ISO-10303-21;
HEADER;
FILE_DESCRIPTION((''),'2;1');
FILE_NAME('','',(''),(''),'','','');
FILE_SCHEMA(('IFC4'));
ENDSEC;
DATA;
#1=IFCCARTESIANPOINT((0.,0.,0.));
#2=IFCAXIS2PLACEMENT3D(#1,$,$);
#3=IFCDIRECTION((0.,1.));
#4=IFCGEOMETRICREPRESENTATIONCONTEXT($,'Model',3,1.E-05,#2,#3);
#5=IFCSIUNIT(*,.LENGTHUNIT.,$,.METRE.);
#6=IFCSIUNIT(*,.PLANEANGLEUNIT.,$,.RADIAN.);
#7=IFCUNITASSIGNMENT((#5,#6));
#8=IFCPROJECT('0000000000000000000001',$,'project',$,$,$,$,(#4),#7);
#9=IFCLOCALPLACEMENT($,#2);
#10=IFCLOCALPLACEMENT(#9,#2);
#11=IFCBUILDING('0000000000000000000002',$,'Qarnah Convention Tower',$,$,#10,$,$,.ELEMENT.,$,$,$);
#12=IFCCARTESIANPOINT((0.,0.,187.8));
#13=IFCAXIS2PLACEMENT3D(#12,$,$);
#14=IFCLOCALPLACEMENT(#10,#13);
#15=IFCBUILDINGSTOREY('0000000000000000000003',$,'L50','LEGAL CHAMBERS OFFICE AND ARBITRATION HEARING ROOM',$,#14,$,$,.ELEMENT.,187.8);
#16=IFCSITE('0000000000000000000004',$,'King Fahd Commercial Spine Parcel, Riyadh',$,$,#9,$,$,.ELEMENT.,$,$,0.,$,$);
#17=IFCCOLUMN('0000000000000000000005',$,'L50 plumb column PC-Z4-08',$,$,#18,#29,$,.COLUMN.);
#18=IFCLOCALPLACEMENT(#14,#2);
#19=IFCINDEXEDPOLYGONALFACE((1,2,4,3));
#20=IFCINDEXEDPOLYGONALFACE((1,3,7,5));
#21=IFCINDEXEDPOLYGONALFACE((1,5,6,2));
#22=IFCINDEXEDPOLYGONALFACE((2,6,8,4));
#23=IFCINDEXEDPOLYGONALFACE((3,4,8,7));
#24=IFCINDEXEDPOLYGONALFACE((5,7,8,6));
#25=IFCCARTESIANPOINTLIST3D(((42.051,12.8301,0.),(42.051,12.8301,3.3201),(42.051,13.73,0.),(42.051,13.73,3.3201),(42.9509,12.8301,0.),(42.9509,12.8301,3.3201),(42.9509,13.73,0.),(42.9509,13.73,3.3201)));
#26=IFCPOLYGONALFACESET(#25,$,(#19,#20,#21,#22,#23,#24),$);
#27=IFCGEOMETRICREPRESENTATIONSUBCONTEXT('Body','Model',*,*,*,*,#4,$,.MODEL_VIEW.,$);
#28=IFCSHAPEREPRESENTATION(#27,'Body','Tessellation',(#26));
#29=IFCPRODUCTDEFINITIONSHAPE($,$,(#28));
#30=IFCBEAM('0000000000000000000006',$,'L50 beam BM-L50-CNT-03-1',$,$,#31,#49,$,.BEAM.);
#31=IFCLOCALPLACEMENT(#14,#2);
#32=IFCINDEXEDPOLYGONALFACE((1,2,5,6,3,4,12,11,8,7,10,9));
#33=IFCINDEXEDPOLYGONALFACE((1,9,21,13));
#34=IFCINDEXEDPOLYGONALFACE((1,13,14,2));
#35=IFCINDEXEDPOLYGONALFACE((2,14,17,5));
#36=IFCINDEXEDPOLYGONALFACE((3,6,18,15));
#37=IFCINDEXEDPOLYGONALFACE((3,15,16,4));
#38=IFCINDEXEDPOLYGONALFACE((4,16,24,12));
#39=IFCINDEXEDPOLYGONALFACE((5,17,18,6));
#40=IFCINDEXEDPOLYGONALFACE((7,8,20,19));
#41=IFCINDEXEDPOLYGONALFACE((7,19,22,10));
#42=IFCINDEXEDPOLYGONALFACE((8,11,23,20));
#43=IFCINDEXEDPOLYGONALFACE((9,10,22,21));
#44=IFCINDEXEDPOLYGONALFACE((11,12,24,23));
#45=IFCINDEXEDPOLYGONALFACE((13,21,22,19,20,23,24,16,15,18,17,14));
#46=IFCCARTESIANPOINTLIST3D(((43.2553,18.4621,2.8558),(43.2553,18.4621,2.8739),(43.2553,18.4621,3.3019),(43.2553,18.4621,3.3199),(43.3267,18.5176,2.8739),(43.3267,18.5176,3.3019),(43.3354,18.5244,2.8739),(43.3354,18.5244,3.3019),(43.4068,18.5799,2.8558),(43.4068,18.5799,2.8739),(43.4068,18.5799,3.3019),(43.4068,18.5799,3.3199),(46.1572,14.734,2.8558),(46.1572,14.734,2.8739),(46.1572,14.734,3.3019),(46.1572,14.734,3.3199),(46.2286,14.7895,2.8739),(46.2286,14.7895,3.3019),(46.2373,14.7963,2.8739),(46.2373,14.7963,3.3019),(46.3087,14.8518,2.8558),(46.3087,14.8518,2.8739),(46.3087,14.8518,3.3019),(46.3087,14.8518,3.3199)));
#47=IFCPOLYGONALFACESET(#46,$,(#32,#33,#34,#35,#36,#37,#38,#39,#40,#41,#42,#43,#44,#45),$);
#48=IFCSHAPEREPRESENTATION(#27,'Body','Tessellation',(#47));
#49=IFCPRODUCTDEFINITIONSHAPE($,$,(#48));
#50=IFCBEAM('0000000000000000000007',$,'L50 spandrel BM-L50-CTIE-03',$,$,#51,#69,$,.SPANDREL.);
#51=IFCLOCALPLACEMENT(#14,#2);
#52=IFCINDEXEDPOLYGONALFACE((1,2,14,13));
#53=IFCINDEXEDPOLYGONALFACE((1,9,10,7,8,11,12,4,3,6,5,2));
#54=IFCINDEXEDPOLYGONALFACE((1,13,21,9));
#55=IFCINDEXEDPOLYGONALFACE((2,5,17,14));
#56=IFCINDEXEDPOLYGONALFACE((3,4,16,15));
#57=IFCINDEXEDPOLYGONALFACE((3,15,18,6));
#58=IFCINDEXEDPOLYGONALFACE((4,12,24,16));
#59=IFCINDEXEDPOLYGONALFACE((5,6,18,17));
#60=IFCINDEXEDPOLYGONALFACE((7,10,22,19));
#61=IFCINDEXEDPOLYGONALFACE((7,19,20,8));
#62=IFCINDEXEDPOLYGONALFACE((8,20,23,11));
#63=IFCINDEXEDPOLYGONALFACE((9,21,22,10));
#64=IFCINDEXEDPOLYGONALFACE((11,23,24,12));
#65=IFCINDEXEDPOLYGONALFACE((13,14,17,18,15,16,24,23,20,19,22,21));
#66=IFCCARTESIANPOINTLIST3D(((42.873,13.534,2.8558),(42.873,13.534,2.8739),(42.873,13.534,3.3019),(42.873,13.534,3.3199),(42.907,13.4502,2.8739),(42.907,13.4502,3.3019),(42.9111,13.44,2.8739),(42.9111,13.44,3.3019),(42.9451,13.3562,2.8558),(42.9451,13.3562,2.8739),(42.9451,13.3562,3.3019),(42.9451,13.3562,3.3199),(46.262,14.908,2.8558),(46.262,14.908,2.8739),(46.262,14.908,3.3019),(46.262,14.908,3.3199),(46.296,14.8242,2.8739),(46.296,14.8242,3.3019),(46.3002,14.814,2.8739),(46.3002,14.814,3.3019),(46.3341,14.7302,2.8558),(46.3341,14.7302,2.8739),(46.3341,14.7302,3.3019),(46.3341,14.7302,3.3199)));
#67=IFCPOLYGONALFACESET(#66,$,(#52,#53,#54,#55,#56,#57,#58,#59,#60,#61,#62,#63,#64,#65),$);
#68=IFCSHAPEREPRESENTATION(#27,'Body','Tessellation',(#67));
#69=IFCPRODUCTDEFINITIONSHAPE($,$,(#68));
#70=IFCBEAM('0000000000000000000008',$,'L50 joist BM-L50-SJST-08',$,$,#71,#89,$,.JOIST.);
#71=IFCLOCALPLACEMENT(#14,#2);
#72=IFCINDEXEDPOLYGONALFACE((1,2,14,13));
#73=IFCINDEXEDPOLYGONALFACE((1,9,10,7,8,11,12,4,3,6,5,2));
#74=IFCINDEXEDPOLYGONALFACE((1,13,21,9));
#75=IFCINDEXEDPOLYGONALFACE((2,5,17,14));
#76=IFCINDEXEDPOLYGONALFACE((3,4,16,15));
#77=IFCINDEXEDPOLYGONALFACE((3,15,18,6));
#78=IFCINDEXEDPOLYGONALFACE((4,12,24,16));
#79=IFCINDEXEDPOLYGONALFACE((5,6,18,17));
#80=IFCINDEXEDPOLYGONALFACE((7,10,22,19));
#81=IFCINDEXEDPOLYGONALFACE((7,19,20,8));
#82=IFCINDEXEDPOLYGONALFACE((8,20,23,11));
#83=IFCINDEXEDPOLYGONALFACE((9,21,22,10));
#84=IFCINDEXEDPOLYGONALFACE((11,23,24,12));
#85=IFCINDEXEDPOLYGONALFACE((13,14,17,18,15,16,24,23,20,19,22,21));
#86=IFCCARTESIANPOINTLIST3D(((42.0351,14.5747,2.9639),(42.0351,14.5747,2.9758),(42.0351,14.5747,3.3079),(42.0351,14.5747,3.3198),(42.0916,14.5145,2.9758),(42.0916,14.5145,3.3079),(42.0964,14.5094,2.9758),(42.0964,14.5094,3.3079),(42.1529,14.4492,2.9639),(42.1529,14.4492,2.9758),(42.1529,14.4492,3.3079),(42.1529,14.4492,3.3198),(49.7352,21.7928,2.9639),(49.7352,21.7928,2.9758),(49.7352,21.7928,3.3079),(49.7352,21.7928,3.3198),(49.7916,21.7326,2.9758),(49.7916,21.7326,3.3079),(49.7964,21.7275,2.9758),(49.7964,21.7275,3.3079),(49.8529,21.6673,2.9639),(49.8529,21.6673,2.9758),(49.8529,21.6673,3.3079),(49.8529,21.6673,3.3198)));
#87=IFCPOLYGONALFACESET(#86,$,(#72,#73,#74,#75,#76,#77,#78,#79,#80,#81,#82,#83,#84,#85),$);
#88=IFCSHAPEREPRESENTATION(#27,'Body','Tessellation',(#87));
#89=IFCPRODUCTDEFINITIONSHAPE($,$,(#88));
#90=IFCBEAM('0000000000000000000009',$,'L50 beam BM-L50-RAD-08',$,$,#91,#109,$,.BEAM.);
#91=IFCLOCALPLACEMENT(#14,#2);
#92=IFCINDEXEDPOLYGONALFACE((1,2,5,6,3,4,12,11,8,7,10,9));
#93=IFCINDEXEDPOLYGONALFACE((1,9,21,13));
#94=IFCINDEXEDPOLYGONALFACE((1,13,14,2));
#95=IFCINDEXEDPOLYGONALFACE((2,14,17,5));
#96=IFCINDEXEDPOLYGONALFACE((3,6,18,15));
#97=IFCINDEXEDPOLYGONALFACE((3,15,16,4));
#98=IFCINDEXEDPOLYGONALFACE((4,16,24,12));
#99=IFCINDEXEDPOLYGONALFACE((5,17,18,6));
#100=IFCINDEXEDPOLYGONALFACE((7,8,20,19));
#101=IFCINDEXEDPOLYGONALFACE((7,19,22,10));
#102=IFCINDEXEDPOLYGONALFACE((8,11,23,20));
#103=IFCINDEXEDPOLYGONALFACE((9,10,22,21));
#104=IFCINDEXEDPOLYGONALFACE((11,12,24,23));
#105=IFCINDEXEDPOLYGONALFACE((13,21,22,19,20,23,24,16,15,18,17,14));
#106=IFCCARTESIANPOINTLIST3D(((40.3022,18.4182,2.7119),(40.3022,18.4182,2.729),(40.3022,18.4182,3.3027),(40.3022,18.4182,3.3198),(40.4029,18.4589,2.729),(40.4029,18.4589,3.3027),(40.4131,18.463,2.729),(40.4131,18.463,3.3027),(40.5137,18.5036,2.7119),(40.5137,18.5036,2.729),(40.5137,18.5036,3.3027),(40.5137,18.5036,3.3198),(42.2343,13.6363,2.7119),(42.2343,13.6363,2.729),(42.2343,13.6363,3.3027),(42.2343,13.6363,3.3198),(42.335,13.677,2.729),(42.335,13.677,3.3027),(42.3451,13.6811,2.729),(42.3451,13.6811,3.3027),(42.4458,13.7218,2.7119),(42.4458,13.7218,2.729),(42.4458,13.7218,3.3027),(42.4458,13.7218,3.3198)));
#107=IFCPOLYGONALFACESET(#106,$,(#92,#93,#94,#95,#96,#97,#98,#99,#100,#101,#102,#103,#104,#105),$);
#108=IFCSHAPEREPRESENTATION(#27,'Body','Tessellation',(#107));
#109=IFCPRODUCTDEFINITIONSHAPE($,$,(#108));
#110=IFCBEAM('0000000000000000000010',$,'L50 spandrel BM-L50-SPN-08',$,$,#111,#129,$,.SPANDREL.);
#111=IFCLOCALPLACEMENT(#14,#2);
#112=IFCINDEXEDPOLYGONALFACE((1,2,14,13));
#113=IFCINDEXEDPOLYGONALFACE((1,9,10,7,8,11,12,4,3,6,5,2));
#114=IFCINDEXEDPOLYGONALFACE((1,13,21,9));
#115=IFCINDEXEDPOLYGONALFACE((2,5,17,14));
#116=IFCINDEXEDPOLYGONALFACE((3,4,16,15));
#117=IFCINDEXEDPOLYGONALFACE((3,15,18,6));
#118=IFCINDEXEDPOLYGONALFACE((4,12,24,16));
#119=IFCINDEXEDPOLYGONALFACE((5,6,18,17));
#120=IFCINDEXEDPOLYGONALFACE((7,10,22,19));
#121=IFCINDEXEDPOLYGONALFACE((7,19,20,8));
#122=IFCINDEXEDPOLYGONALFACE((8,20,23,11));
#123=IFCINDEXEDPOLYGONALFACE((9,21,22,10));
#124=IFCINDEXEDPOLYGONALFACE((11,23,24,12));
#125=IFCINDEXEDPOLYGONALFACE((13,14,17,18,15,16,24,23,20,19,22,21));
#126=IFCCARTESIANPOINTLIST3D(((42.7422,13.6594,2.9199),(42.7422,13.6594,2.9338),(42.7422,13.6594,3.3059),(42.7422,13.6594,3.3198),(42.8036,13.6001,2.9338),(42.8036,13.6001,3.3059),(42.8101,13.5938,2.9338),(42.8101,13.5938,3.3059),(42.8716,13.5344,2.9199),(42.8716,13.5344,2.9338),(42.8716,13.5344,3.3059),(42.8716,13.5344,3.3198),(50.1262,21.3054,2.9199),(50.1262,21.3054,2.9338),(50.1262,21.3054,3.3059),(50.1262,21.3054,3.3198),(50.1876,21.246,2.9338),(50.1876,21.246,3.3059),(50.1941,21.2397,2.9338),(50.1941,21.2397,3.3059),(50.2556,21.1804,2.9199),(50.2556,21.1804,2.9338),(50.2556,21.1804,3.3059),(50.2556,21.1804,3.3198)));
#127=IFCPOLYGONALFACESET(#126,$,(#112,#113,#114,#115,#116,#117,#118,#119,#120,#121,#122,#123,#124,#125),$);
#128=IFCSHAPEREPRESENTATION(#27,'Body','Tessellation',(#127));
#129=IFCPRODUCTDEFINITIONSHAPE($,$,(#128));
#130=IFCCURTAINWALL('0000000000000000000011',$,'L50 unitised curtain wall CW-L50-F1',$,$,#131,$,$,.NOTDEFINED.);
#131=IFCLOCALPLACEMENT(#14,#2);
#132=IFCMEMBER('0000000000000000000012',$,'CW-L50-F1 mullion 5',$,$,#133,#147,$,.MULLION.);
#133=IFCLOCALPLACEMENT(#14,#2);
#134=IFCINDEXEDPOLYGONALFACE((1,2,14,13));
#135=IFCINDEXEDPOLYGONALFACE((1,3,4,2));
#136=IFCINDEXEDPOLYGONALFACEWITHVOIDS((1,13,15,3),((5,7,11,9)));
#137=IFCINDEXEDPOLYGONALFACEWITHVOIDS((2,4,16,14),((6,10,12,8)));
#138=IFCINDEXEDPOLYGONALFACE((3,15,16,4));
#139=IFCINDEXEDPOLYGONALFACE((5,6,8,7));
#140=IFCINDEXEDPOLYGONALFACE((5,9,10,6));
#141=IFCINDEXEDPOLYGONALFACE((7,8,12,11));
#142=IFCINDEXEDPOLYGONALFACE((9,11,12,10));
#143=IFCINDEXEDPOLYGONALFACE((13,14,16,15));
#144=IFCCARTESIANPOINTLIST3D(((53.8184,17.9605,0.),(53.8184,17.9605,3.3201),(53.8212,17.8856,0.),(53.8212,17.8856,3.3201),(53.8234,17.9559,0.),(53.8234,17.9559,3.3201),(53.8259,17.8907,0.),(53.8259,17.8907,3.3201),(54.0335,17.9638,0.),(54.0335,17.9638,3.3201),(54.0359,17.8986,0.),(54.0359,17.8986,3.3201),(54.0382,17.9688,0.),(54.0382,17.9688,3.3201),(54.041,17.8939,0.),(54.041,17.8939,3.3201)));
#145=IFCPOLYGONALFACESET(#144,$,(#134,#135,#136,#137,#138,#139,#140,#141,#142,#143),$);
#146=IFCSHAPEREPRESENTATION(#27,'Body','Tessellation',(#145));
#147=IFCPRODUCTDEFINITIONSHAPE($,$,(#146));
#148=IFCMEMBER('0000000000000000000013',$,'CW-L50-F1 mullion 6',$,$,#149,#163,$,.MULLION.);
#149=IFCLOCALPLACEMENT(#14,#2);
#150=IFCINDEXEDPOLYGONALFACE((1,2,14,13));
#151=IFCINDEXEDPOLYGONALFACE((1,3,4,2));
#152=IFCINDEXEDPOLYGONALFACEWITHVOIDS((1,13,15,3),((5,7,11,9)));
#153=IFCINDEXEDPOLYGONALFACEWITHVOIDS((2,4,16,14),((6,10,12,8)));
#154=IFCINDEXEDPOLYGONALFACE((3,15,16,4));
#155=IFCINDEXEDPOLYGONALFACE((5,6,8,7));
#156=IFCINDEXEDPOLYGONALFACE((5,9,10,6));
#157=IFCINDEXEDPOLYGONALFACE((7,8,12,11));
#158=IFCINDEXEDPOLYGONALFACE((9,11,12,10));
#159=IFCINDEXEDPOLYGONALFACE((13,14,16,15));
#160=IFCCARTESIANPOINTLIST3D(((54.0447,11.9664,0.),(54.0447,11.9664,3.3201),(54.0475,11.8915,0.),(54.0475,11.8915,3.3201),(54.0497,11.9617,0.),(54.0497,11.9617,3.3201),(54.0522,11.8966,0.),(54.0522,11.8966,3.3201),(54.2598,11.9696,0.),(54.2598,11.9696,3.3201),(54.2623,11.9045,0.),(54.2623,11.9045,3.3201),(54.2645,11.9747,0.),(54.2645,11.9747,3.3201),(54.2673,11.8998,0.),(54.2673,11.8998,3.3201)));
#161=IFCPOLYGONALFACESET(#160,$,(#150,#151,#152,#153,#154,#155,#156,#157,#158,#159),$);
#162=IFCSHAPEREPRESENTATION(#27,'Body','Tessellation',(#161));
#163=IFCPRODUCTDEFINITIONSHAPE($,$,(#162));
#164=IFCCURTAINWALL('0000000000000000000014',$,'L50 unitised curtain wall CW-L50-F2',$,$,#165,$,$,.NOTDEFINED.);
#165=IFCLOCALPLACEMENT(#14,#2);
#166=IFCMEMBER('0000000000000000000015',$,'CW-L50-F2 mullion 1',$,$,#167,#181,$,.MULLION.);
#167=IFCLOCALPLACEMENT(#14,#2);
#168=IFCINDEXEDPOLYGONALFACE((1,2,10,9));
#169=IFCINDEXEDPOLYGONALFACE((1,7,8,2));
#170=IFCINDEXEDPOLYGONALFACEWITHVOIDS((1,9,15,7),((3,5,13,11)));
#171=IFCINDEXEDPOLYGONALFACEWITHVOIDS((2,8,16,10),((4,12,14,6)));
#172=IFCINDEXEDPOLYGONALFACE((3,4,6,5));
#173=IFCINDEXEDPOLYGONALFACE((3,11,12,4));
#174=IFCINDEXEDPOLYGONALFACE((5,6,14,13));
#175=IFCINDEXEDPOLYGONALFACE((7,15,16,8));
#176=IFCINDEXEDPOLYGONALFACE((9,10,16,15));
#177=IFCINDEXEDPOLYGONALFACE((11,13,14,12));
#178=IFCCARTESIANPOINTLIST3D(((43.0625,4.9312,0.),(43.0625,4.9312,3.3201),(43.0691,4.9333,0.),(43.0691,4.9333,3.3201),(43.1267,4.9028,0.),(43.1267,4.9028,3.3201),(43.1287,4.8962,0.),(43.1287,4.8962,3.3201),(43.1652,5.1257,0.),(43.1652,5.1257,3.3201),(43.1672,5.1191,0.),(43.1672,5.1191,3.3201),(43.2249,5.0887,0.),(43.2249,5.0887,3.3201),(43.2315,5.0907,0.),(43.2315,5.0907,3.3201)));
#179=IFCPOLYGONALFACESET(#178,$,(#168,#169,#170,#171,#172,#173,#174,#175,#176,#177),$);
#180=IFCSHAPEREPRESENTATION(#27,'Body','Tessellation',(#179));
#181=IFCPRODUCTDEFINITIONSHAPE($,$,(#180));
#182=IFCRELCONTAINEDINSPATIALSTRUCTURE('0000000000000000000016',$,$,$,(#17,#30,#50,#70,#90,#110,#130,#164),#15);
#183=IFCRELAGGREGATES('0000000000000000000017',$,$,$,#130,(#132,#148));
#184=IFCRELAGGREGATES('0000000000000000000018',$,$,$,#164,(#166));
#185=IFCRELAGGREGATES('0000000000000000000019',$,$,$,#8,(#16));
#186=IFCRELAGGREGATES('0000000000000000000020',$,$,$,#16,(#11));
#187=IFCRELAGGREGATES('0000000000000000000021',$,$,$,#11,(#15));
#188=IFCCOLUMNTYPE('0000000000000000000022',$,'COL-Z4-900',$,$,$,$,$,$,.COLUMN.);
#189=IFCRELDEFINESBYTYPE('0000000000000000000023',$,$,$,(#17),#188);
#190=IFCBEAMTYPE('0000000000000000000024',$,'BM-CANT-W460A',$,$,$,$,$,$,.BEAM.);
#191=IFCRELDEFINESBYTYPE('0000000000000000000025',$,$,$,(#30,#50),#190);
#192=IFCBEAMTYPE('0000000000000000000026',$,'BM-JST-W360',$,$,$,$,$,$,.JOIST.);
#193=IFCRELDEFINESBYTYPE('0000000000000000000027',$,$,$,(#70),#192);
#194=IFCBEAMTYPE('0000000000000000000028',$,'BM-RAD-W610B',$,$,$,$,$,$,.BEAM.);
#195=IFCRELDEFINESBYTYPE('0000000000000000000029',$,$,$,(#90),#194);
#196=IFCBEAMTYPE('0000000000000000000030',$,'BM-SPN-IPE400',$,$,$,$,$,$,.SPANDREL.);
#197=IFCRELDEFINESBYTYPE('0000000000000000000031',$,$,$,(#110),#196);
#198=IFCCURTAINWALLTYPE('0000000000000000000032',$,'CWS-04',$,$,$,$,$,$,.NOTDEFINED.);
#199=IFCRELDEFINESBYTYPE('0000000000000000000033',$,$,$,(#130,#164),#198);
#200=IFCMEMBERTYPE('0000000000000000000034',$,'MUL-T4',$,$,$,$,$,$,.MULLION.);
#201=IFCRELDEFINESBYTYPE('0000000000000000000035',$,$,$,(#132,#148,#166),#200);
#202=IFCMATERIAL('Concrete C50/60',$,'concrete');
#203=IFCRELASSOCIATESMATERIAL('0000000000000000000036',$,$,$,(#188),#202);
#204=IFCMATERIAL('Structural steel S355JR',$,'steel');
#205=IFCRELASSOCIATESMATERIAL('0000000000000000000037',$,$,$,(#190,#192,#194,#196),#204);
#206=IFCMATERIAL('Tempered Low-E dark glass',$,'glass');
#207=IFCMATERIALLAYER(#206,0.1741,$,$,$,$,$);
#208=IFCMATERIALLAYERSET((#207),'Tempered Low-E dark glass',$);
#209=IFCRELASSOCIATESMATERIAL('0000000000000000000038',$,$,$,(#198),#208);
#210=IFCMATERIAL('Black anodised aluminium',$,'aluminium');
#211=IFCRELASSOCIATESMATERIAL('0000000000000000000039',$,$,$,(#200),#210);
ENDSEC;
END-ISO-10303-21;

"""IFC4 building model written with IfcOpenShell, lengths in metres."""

from ifc_helpers import new_model, si_unit, direction, frame, origin, origin_2d, place, context, subcontext, project, spatial, rectangle, hollow_rectangle, i_section, extrude, material, layer, layer_set, material_profile, profile_set, type_object, element, aggregate, save


model = new_model("IFC4")

# Units and contexts
model_context = context("Model", 3, precision=1e-05, world=origin(), true_north=direction((0.0, 1.0)))
body_context = subcontext(model_context, "Body", "Model", "MODEL_VIEW")
ifc_project = project(units=[si_unit("LENGTHUNIT", "METRE"), si_unit("PLANEANGLEUNIT", "RADIAN")], contexts=[model_context])

# Site, building, storey
site_placement = place(None, origin())
site = spatial("IfcSite", under=ifc_project, at=site_placement, Name="King Fahd Commercial Spine Parcel, Riyadh", CompositionType="ELEMENT", RefElevation=0.0)
building_placement = place(site_placement, origin())
building = spatial("IfcBuilding", under=site, at=building_placement, Name="Qarnah Convention Tower", CompositionType="ELEMENT")
storey_placement = place(building_placement, frame((0.0, 0.0, 187.8)))
storey = spatial("IfcBuildingStorey", under=building, at=storey_placement, Name="L50", Description="LEGAL CHAMBERS OFFICE AND ARBITRATION HEARING ROOM", CompositionType="ELEMENT", Elevation=187.8)

# Column
ifc_material_1 = material(Name="Concrete C50/60", Category="concrete")
ifc_material_profile_1 = material_profile(ifc_material_1, rectangle(XDim=0.8999, YDim=0.8999, at=origin_2d()), Name="RC-COL-900X900")
ifc_profile_set_1 = profile_set([ifc_material_profile_1], Name="Concrete C50/60")
column_type = type_object("IfcColumnType", Name="COL-Z4-900", PredefinedType="COLUMN", material=ifc_profile_set_1)
column_placement = place(storey_placement, frame((42.501, 13.28, 0.0), z_axis=(0.0, 0.0, 1.0), x_axis=(1.0, 0.0, 0.0)))
element("IfcColumn", 1, at=column_placement, inside=storey, type_object=column_type, Name="L50 plumb column PC-Z4-08", PredefinedType="COLUMN", context=body_context, shape_type="SweptSolid", body=[
    extrude(rectangle(XDim=0.8999, YDim=0.8999, at=origin_2d()), origin(), (0.0, 0.0, 1.0), 3.3201),
])

# Beams
ifc_material_2 = material(Name="Structural steel S355JR", Category="steel")
ifc_material_profile_2 = material_profile(ifc_material_2, i_section(OverallWidth=0.1919, OverallDepth=0.4641, WebThickness=0.011, FlangeThickness=0.0181, at=origin_2d()), Name="W460X89")
ifc_profile_set_2 = profile_set([ifc_material_profile_2], Name="Structural steel S355JR")
beam_type_1 = type_object("IfcBeamType", Name="BM-CANT-W460A", PredefinedType="BEAM", material=ifc_profile_set_2)
beam_1_placement = place(storey_placement, frame((43.3311, 18.521, 3.0879), z_axis=(0.614241, -0.789118, 0.0), x_axis=(0.789118, 0.614241, 0.0)))
element("IfcBeam", 2, at=beam_1_placement, inside=storey, type_object=beam_type_1, Name="L50 beam BM-L50-CNT-03-1", PredefinedType="BEAM", context=body_context, shape_type="SweptSolid", body=[
    extrude(i_section(OverallWidth=0.1919, OverallDepth=0.4641, WebThickness=0.011, FlangeThickness=0.0181, at=origin_2d()), origin(), (0.0, 0.0, 1.0), 4.7244),
])
beam_2_placement = place(storey_placement, frame((46.2981, 14.8191, 3.0879), z_axis=(-0.926735, -0.375714, 0.0), x_axis=(0.375714, -0.926735, 0.0)))
element("IfcBeam", 3, at=beam_2_placement, inside=storey, type_object=beam_type_1, Name="L50 spandrel BM-L50-CTIE-03", PredefinedType="SPANDREL", context=body_context, shape_type="SweptSolid", body=[
    extrude(i_section(OverallWidth=0.1919, OverallDepth=0.4641, WebThickness=0.011, FlangeThickness=0.0181, at=origin_2d()), origin(), (0.0, 0.0, 1.0), 3.657),
])
ifc_material_profile_3 = material_profile(ifc_material_2, i_section(OverallWidth=0.1721, OverallDepth=0.356, WebThickness=0.0071, FlangeThickness=0.012, at=origin_2d()), Name="W360X51")
ifc_profile_set_3 = profile_set([ifc_material_profile_3], Name="Structural steel S355JR")
beam_type_2 = type_object("IfcBeamType", Name="BM-JST-W360", PredefinedType="JOIST", material=ifc_profile_set_3)
beam_3_placement = place(storey_placement, frame((42.094, 14.512, 3.1418), z_axis=(0.72957, 0.683907, 0.0), x_axis=(-0.683907, 0.72957, 0.0)))
element("IfcBeam", 4, at=beam_3_placement, inside=storey, type_object=beam_type_2, Name="L50 joist BM-L50-SJST-08", PredefinedType="JOIST", context=body_context, shape_type="SweptSolid", body=[
    extrude(i_section(OverallWidth=0.1721, OverallDepth=0.356, WebThickness=0.0071, FlangeThickness=0.012, at=origin_2d()), origin(), (0.0, 0.0, 1.0), 10.5542),
])
ifc_material_profile_4 = material_profile(ifc_material_2, i_section(OverallWidth=0.228, OverallDepth=0.6079, WebThickness=0.011, FlangeThickness=0.0171, at=origin_2d()), Name="W610X113")
ifc_profile_set_4 = profile_set([ifc_material_profile_4], Name="Structural steel S355JR")
beam_type_3 = type_object("IfcBeamType", Name="BM-RAD-W610B", PredefinedType="BEAM", material=ifc_profile_set_4)
beam_4_placement = place(storey_placement, frame((40.408, 18.4609, 3.0159), z_axis=(0.37462, -0.927178, 0.0), x_axis=(0.927178, 0.37462, 0.0)))
element("IfcBeam", 5, at=beam_4_placement, inside=storey, type_object=beam_type_3, Name="L50 beam BM-L50-RAD-08", PredefinedType="BEAM", context=body_context, shape_type="SweptSolid", body=[
    extrude(i_section(OverallWidth=0.228, OverallDepth=0.6079, WebThickness=0.011, FlangeThickness=0.0171, at=origin_2d()), origin(), (0.0, 0.0, 1.0), 5.1575),
])
ifc_material_profile_5 = material_profile(ifc_material_2, i_section(OverallWidth=0.1799, OverallDepth=0.3999, WebThickness=0.009, FlangeThickness=0.0139, at=origin_2d()), Name="IPE400")
ifc_profile_set_5 = profile_set([ifc_material_profile_5], Name="Structural steel S355JR")
beam_type_4 = type_object("IfcBeamType", Name="BM-SPN-IPE400", PredefinedType="SPANDREL", material=ifc_profile_set_5)
beam_5_placement = place(storey_placement, frame((42.8069, 13.5969, 3.1199), z_axis=(0.694677, 0.719322, 0.0), x_axis=(-0.719322, 0.694677, 0.0)))
element("IfcBeam", 6, at=beam_5_placement, inside=storey, type_object=beam_type_4, Name="L50 spandrel BM-L50-SPN-08", PredefinedType="SPANDREL", context=body_context, shape_type="SweptSolid", body=[
    extrude(i_section(OverallWidth=0.1799, OverallDepth=0.3999, WebThickness=0.009, FlangeThickness=0.0139, at=origin_2d()), origin(), (0.0, 0.0, 1.0), 10.6294),
])

# Curtain walls, members
ifc_material_3 = material(Name="Tempered Low-E dark glass", Category="glass")
ifc_layer_1 = layer(ifc_material_3, 0.1741)
ifc_layer_set_1 = layer_set([ifc_layer_1], Name="Tempered Low-E dark glass")
curtain_wall_type = type_object("IfcCurtainWallType", Name="CWS-04", PredefinedType="NOTDEFINED", material=ifc_layer_set_1)
curtain_wall_1_placement = place(storey_placement, origin())
curtain_wall_1 = element("IfcCurtainWall", 7, at=curtain_wall_1_placement, inside=storey, type_object=curtain_wall_type, Name="L50 unitised curtain wall CW-L50-F1", PredefinedType="NOTDEFINED")
ifc_material_4 = material(Name="Black anodised aluminium", Category="aluminium")
ifc_material_profile_6 = material_profile(ifc_material_4, hollow_rectangle(XDim=0.075, YDim=0.22, WallThickness=0.0049, at=origin_2d()), Name="MUL-75X220")
ifc_profile_set_6 = profile_set([ifc_material_profile_6], Name="Black anodised aluminium")
member_type_1 = type_object("IfcMemberType", Name="MUL-T4", PredefinedType="MULLION", material=ifc_profile_set_6)
member_1_placement = place(storey_placement, frame((53.9297, 17.9272, 0.0), z_axis=(0.0, 0.0, 1.0), x_axis=(0.03771, -0.999289, 0.0)))
member_1 = element("IfcMember", 8, at=member_1_placement, type_object=member_type_1, Name="CW-L50-F1 mullion 5", PredefinedType="MULLION", context=body_context, shape_type="SweptSolid", body=[
    extrude(hollow_rectangle(XDim=0.075, YDim=0.22, WallThickness=0.0049, at=origin_2d()), origin(), (0.0, 0.0, 1.0), 3.3201),
])
member_2_placement = place(storey_placement, frame((54.156, 11.9331, 0.0), z_axis=(0.0, 0.0, 1.0), x_axis=(0.03771, -0.999289, 0.0)))
member_2 = element("IfcMember", 9, at=member_2_placement, type_object=member_type_1, Name="CW-L50-F1 mullion 6", PredefinedType="MULLION", context=body_context, shape_type="SweptSolid", body=[
    extrude(hollow_rectangle(XDim=0.075, YDim=0.22, WallThickness=0.0049, at=origin_2d()), origin(), (0.0, 0.0, 1.0), 3.3201),
])
curtain_wall_2_placement = place(storey_placement, origin())
curtain_wall_2 = element("IfcCurtainWall", 10, at=curtain_wall_2_placement, inside=storey, type_object=curtain_wall_type, Name="L50 unitised curtain wall CW-L50-F2", PredefinedType="NOTDEFINED")
member_3_placement = place(storey_placement, frame((43.147, 5.011, 0.0), z_axis=(0.0, 0.0, 1.0), x_axis=(-0.884264, 0.466988, 0.0)))
member_3 = element("IfcMember", 11, at=member_3_placement, type_object=member_type_1, Name="CW-L50-F2 mullion 1", PredefinedType="MULLION", context=body_context, shape_type="SweptSolid", body=[
    extrude(hollow_rectangle(XDim=0.075, YDim=0.22, WallThickness=0.0049, at=origin_2d()), origin(), (0.0, 0.0, 1.0), 3.3201),
])

aggregate(curtain_wall_1, [member_1, member_2])
aggregate(curtain_wall_2, [member_3])

save(model, "model.ifc")
